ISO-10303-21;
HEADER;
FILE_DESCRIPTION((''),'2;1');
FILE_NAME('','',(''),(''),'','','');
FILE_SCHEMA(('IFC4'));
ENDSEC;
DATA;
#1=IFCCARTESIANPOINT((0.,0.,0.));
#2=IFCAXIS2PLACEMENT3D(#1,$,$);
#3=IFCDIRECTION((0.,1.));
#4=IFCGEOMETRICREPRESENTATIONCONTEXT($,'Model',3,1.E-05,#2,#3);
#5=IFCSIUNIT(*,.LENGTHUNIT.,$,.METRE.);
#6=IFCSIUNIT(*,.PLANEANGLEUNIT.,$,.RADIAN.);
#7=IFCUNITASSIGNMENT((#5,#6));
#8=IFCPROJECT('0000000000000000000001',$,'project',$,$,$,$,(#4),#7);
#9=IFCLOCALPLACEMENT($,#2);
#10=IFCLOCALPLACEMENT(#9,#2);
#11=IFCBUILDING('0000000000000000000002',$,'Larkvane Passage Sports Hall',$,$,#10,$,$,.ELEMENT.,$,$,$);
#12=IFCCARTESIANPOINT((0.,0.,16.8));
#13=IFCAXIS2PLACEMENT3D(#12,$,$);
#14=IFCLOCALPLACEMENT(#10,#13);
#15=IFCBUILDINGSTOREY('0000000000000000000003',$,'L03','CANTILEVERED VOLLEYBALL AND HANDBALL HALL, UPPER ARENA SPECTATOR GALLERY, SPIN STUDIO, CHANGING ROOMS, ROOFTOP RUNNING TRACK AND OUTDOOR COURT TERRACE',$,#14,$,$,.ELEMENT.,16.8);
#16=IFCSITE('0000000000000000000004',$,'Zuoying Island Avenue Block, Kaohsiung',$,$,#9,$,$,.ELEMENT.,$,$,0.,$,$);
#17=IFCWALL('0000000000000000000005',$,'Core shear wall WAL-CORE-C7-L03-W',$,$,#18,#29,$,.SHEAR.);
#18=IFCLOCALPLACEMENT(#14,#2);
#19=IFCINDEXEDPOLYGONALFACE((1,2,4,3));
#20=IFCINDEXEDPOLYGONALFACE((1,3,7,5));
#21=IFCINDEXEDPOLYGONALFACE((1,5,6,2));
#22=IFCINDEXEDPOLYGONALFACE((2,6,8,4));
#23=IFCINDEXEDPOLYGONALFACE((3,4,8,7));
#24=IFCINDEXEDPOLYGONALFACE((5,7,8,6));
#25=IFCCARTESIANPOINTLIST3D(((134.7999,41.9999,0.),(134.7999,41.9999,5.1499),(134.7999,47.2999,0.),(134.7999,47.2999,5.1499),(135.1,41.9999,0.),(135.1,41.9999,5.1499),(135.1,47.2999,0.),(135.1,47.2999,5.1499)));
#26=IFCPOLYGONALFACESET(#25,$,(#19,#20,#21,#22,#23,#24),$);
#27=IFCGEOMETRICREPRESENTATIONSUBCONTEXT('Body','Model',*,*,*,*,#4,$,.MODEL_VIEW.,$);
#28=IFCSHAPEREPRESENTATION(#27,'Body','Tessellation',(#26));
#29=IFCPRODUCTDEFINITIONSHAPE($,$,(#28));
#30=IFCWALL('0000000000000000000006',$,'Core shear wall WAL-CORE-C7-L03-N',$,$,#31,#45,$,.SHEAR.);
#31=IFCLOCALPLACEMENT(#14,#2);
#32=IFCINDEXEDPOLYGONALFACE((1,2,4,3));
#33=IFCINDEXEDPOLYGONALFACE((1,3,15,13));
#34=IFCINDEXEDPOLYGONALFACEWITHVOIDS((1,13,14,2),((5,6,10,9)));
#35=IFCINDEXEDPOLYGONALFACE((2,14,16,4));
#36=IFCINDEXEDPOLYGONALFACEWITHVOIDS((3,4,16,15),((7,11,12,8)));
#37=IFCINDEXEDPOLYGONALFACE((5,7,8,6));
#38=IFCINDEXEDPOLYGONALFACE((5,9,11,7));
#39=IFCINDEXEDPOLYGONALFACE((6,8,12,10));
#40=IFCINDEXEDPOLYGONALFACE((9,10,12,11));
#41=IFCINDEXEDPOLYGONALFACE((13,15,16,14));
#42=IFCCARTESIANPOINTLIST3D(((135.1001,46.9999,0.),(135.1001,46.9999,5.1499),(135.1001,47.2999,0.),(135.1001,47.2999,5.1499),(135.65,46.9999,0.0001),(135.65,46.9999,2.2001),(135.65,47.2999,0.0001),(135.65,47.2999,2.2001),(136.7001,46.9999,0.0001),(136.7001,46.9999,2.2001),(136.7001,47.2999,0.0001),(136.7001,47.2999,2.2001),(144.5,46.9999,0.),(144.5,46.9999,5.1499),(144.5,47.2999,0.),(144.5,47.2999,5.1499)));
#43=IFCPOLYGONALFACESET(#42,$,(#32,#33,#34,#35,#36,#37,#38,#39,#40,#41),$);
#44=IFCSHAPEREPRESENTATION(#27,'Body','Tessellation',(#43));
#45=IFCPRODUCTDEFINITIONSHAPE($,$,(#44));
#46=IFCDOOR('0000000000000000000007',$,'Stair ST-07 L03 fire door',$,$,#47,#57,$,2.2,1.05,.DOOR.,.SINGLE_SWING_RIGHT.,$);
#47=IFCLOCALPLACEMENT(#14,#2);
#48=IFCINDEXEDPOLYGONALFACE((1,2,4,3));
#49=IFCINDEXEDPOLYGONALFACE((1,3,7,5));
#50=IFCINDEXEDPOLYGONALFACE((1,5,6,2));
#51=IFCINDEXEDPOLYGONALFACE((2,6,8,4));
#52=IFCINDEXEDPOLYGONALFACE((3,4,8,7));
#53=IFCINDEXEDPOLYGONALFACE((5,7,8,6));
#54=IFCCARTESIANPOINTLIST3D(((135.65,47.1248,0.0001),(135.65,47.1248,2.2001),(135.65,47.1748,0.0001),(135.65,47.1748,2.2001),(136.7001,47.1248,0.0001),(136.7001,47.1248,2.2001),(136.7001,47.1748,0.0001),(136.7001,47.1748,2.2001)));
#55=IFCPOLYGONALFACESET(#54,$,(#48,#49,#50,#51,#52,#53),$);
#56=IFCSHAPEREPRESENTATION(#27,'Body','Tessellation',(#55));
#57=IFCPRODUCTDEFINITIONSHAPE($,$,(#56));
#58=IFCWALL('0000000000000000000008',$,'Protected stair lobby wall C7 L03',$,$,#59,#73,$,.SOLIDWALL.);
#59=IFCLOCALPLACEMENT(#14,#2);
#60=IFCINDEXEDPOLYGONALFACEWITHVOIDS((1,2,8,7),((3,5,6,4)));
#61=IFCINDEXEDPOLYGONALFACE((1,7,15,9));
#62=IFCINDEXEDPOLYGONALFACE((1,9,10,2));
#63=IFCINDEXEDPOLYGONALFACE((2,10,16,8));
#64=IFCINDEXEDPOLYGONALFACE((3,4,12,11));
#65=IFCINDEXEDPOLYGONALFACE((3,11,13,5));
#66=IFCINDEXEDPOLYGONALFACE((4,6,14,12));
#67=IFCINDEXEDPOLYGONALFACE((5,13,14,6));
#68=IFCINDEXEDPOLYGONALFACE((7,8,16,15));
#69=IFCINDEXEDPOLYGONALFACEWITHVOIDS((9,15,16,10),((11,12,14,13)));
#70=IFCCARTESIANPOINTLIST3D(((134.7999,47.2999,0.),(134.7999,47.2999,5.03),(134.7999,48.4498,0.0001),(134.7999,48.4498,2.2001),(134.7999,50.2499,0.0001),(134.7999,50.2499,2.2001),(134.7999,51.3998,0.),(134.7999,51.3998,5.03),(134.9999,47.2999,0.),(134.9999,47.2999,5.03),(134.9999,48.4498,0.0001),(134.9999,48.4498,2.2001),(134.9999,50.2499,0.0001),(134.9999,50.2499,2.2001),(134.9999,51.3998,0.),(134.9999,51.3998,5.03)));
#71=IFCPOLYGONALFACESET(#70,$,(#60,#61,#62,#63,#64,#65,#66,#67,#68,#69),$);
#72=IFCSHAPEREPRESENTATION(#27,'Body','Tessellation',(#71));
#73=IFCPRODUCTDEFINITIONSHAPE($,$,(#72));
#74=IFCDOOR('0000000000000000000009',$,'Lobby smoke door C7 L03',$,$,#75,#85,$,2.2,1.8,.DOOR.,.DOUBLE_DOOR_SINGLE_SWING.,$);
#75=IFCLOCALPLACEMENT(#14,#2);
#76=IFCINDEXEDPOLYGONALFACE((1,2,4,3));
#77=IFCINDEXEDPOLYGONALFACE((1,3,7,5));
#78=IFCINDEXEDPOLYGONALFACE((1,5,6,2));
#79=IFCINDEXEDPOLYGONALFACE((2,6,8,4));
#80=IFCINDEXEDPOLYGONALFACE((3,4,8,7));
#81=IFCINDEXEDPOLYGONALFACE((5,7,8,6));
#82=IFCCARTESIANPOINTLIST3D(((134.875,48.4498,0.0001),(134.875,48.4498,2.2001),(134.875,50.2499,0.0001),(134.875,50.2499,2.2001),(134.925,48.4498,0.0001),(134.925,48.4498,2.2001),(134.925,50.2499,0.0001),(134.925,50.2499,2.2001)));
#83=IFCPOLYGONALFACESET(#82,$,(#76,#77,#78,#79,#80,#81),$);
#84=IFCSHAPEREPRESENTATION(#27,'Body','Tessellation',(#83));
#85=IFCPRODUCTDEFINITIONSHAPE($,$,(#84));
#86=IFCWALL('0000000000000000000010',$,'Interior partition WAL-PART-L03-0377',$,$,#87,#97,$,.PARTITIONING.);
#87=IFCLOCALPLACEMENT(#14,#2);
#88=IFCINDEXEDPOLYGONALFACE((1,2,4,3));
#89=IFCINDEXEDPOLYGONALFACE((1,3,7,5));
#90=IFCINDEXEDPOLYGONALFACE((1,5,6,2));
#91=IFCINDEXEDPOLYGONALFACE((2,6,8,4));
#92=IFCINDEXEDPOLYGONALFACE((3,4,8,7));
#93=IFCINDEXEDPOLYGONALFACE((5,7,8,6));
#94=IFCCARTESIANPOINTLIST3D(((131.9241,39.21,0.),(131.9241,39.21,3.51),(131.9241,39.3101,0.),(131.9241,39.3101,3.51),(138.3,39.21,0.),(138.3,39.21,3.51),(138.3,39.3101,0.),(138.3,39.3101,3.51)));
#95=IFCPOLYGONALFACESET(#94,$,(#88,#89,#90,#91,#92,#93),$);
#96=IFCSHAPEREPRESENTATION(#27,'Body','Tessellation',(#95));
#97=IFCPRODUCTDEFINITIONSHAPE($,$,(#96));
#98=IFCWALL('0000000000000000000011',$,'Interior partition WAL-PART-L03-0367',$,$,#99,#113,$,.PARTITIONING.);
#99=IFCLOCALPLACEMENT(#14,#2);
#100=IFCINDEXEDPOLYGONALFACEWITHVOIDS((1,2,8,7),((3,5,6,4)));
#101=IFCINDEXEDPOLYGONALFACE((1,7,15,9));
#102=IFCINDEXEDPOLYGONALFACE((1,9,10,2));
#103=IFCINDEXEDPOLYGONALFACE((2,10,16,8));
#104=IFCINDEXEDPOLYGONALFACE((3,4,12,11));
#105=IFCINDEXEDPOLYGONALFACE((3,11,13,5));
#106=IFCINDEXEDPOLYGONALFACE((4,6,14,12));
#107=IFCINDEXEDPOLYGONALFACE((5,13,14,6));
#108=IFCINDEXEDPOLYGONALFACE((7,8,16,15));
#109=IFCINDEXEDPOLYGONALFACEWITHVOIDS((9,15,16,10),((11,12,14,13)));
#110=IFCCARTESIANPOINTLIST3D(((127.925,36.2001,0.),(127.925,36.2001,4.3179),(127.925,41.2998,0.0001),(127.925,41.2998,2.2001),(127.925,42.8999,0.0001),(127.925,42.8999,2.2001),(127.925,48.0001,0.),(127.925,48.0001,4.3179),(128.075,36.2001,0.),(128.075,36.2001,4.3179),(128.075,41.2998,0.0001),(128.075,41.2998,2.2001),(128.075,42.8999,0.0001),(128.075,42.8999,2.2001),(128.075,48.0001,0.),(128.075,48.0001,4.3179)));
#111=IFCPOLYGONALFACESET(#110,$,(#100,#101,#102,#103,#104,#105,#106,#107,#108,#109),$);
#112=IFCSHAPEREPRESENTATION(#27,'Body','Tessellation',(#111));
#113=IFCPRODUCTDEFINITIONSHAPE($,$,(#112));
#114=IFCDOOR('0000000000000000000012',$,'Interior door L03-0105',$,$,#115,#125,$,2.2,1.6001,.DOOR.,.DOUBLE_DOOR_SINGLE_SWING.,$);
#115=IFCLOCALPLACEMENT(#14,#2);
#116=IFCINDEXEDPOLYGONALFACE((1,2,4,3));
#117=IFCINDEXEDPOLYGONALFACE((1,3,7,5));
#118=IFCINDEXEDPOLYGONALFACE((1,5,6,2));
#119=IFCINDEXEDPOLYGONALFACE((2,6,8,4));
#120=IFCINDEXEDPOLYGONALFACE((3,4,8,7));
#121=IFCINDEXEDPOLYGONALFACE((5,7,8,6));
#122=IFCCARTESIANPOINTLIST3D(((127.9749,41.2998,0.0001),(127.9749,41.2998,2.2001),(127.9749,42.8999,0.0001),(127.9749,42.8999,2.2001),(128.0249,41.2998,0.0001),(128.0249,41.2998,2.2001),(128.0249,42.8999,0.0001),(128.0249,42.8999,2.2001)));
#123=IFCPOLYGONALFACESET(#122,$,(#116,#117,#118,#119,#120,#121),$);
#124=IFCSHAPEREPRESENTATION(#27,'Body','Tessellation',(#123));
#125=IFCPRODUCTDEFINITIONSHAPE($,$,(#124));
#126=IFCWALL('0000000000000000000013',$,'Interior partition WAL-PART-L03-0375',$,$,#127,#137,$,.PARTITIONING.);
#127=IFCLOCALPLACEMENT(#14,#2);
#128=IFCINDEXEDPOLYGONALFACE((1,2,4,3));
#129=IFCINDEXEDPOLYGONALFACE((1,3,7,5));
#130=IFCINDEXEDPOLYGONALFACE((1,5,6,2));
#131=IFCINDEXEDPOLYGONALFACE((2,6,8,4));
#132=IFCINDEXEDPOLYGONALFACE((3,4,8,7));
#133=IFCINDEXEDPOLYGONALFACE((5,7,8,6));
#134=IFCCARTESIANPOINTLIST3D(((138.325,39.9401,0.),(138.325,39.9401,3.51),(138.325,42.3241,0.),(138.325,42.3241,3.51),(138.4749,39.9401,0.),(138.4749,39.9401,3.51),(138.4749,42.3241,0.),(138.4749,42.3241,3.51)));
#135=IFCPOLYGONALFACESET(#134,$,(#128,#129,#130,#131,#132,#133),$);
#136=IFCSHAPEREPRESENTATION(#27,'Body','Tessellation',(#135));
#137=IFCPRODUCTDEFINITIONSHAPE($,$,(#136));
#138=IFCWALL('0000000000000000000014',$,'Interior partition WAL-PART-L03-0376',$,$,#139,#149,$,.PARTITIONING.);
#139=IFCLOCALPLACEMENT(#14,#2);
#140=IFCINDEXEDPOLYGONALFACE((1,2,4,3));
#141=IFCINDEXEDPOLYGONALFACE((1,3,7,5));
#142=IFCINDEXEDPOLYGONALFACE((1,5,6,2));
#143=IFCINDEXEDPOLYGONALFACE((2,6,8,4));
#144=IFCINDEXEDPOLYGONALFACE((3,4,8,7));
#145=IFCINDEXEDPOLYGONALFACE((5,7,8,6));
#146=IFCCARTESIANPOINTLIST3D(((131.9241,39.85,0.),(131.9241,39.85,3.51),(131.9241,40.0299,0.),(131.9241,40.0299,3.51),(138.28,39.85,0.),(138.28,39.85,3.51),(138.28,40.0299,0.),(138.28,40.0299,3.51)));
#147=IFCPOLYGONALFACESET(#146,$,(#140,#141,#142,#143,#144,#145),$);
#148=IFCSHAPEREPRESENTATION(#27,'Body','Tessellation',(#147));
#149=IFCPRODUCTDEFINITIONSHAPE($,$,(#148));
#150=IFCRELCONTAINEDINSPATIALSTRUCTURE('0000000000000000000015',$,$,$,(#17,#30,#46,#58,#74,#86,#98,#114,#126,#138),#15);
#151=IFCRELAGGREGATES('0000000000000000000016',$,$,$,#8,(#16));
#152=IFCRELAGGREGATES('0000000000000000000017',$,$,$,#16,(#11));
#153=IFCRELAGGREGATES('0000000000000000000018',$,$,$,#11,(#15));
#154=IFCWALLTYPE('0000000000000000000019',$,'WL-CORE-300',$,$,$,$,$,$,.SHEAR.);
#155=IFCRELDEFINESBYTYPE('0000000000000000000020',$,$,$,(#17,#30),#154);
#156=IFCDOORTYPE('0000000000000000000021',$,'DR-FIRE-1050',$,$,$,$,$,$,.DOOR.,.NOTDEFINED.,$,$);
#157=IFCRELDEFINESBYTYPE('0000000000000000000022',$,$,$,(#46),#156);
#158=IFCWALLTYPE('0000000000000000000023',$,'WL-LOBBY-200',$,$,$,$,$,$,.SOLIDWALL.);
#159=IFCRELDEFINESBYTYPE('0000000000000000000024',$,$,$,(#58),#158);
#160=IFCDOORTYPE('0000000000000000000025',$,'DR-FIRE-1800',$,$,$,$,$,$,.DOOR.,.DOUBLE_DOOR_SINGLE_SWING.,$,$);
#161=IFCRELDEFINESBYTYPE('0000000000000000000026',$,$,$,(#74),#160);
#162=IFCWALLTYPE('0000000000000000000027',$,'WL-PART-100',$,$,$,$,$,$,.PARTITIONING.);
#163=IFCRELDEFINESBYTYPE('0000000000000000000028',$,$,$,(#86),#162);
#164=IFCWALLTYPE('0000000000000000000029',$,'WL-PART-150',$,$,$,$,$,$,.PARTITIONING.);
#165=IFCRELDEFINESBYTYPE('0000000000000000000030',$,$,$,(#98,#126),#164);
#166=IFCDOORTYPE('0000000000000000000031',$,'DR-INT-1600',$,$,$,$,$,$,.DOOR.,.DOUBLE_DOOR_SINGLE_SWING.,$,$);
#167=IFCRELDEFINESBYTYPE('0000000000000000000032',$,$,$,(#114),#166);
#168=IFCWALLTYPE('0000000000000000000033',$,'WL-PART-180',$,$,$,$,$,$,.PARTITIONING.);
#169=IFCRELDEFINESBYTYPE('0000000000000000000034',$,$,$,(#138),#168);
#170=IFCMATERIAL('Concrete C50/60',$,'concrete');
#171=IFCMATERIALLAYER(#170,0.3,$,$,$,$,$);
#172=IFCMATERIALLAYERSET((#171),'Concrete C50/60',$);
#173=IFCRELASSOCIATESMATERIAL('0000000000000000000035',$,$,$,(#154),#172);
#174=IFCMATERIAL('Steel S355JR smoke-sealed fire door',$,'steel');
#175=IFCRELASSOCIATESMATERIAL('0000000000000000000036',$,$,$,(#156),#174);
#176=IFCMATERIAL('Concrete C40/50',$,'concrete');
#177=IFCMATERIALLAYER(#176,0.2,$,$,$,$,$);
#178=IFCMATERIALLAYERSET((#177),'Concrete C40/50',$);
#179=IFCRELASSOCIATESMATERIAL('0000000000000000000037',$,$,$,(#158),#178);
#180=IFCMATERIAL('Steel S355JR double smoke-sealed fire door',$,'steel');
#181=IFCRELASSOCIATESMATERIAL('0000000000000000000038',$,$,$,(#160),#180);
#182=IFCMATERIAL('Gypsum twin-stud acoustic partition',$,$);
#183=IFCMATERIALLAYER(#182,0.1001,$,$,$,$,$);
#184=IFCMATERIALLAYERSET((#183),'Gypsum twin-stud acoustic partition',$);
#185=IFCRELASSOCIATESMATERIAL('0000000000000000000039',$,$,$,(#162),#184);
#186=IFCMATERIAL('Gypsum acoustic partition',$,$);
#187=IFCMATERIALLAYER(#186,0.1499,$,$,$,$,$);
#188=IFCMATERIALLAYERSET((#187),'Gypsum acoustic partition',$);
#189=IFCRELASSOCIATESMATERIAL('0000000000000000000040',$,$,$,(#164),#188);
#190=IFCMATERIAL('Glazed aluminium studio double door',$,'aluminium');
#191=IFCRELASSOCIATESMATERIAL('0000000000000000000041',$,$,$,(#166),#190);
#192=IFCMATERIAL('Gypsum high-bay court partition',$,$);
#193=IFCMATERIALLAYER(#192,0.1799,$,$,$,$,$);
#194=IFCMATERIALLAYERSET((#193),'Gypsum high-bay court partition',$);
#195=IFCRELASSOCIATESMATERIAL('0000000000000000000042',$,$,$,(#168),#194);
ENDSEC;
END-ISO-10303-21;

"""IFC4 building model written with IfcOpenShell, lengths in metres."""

from ifc_helpers import new_model, si_unit, direction, frame, frame_2d, origin, place, context, subcontext, project, spatial, rectangle, extrude, material, layer, layer_set, type_object, element, fill, save


model = new_model("IFC4")

# Units and contexts
model_context = context("Model", 3, precision=1e-05, world=origin(), true_north=direction((0.0, 1.0)))
body_context = subcontext(model_context, "Body", "Model", "MODEL_VIEW")
ifc_project = project(units=[si_unit("LENGTHUNIT", "METRE"), si_unit("PLANEANGLEUNIT", "RADIAN")], contexts=[model_context])

# Site, building, storey
site_placement = place(None, origin())
site = spatial("IfcSite", under=ifc_project, at=site_placement, Name="Zuoying Island Avenue Block, Kaohsiung", CompositionType="ELEMENT", RefElevation=0.0)
building_placement = place(site_placement, origin())
building = spatial("IfcBuilding", under=site, at=building_placement, Name="Larkvane Passage Sports Hall", CompositionType="ELEMENT")
storey_placement = place(building_placement, frame((0.0, 0.0, 16.8)))
storey = spatial("IfcBuildingStorey", under=building, at=storey_placement, Name="L03", Description="CANTILEVERED VOLLEYBALL AND HANDBALL HALL, UPPER ARENA SPECTATOR GALLERY, SPIN STUDIO, CHANGING ROOMS, ROOFTOP RUNNING TRACK AND OUTDOOR COURT TERRACE", CompositionType="ELEMENT", Elevation=16.8)

# Shared definitions
ifc_material_1 = material(Name="Concrete C50/60", Category="concrete")

# Wall
ifc_layer_1 = layer(ifc_material_1, 0.3)
ifc_layer_set_1 = layer_set([ifc_layer_1], Name="Concrete C50/60")
wall_type_1 = type_object("IfcWallType", Name="WL-CORE-300", PredefinedType="SHEAR", material=ifc_layer_set_1)
wall_1_placement = place(storey_placement, frame((134.95, 42.0, 0.0), z_axis=(0.0, 0.0, 1.0), x_axis=(0.0, 1.0, 0.0)))
element("IfcWall", 1, at=wall_1_placement, inside=storey, type_object=wall_type_1, Name="Core shear wall WAL-CORE-C7-L03-W", PredefinedType="SHEAR", context=body_context, shape_type="SweptSolid", body=[
    extrude(rectangle(XDim=5.3, YDim=0.3, at=frame_2d((2.6499, 0.0))), origin(), (0.0, 0.0, 1.0), 5.1499),
])

# Walls, openings, doors
wall_2_placement = place(storey_placement, frame((135.1001, 47.1499, 0.0), z_axis=(0.0, 0.0, 1.0), x_axis=(1.0, 0.0, 0.0)))
wall_2 = element("IfcWall", 2, at=wall_2_placement, inside=storey, type_object=wall_type_1, Name="Core shear wall WAL-CORE-C7-L03-N", PredefinedType="SHEAR", context=body_context, shape_type="SweptSolid", body=[
    extrude(rectangle(XDim=9.3999, YDim=0.3, at=frame_2d((4.7, 0.0))), origin(), (0.0, 0.0, 1.0), 5.1499),
])
opening_1_placement = place(wall_2_placement, frame((0.55, 0.0, 0.0)))
opening_1 = element("IfcOpeningElement", 3, at=opening_1_placement, cuts=wall_2, PredefinedType="OPENING", context=body_context, shape_type="SweptSolid", body=[
    extrude(rectangle(XDim=1.05, YDim=2.2, at=frame_2d((0.5249, 1.1001))), frame((0.0, 0.1599, 0.0), z_axis=(0.0, -1.0, 0.0), x_axis=(1.0, 0.0, 0.0)), (0.0, 0.0, 1.0), 0.3201),
])
ifc_material_2 = material(Name="Steel S355JR smoke-sealed fire door", Category="steel")
door_type_1 = type_object("IfcDoorType", Name="DR-FIRE-1050", OperationType="NOTDEFINED", PredefinedType="DOOR", material=ifc_material_2)
door_1_placement = place(opening_1_placement, origin())
door_1 = element("IfcDoor", 4, at=door_1_placement, inside=storey, type_object=door_type_1, Name="Stair ST-07 L03 fire door", OperationType="SINGLE_SWING_RIGHT", OverallHeight=2.2, OverallWidth=1.05, PredefinedType="DOOR", context=body_context, shape_type="SweptSolid", body=[
    extrude(rectangle(XDim=1.05, YDim=2.2, at=frame_2d((0.5249, 1.1001))), frame((0.0, 0.0249, 0.0), z_axis=(0.0, -1.0, 0.0), x_axis=(1.0, 0.0, 0.0)), (0.0, 0.0, 1.0), 0.05),
])
fill(opening_1, door_1)
ifc_material_3 = material(Name="Concrete C40/50", Category="concrete")
ifc_layer_2 = layer(ifc_material_3, 0.2)
ifc_layer_set_2 = layer_set([ifc_layer_2], Name="Concrete C40/50")
wall_type_2 = type_object("IfcWallType", Name="WL-LOBBY-200", PredefinedType="SOLIDWALL", material=ifc_layer_set_2)
wall_3_placement = place(storey_placement, frame((134.8999, 47.3, 0.0), z_axis=(0.0, 0.0, 1.0), x_axis=(0.0, 1.0, 0.0)))
wall_3 = element("IfcWall", 5, at=wall_3_placement, inside=storey, type_object=wall_type_2, Name="Protected stair lobby wall C7 L03", PredefinedType="SOLIDWALL", context=body_context, shape_type="SweptSolid", body=[
    extrude(rectangle(XDim=4.0999, YDim=0.2, at=frame_2d((2.0498, 0.0))), origin(), (0.0, 0.0, 1.0), 5.03),
])
opening_2_placement = place(wall_3_placement, frame((1.1499, 0.0, 0.0)))
opening_2 = element("IfcOpeningElement", 6, at=opening_2_placement, cuts=wall_3, PredefinedType="OPENING", context=body_context, shape_type="SweptSolid", body=[
    extrude(rectangle(XDim=1.8, YDim=2.2, at=frame_2d((0.8999, 1.1001))), frame((0.0, 0.1099, 0.0), z_axis=(0.0, -1.0, 0.0), x_axis=(1.0, 0.0, 0.0)), (0.0, 0.0, 1.0), 0.22),
])
ifc_material_4 = material(Name="Steel S355JR double smoke-sealed fire door", Category="steel")
door_type_2 = type_object("IfcDoorType", Name="DR-FIRE-1800", OperationType="DOUBLE_DOOR_SINGLE_SWING", PredefinedType="DOOR", material=ifc_material_4)
door_2_placement = place(opening_2_placement, origin())
door_2 = element("IfcDoor", 7, at=door_2_placement, inside=storey, type_object=door_type_2, Name="Lobby smoke door C7 L03", OperationType="DOUBLE_DOOR_SINGLE_SWING", OverallHeight=2.2, OverallWidth=1.8, PredefinedType="DOOR", context=body_context, shape_type="SweptSolid", body=[
    extrude(rectangle(XDim=1.8, YDim=2.2, at=frame_2d((0.8999, 1.1001))), frame((0.0, 0.0249, 0.0), z_axis=(0.0, -1.0, 0.0), x_axis=(1.0, 0.0, 0.0)), (0.0, 0.0, 1.0), 0.05),
])
fill(opening_2, door_2)

# Wall
ifc_material_5 = material(Name="Gypsum twin-stud acoustic partition")
ifc_layer_3 = layer(ifc_material_5, 0.1001)
ifc_layer_set_3 = layer_set([ifc_layer_3], Name="Gypsum twin-stud acoustic partition")
wall_type_3 = type_object("IfcWallType", Name="WL-PART-100", PredefinedType="PARTITIONING", material=ifc_layer_set_3)
wall_4_placement = place(storey_placement, frame((131.9241, 39.26, 0.0), z_axis=(0.0, 0.0, 1.0), x_axis=(1.0, 0.0, 0.0)))
element("IfcWall", 8, at=wall_4_placement, inside=storey, type_object=wall_type_3, Name="Interior partition WAL-PART-L03-0377", PredefinedType="PARTITIONING", context=body_context, shape_type="SweptSolid", body=[
    extrude(rectangle(XDim=6.376, YDim=0.1001, at=frame_2d((3.188, 0.0))), origin(), (0.0, 0.0, 1.0), 3.51),
])

# Wall, opening, door
ifc_material_6 = material(Name="Gypsum acoustic partition")
ifc_layer_4 = layer(ifc_material_6, 0.1499)
ifc_layer_set_4 = layer_set([ifc_layer_4], Name="Gypsum acoustic partition")
wall_type_4 = type_object("IfcWallType", Name="WL-PART-150", PredefinedType="PARTITIONING", material=ifc_layer_set_4)
wall_5_placement = place(storey_placement, frame((128.0, 48.0, 0.0), z_axis=(0.0, 0.0, 1.0), x_axis=(0.0, -1.0, 0.0)))
wall_5 = element("IfcWall", 9, at=wall_5_placement, inside=storey, type_object=wall_type_4, Name="Interior partition WAL-PART-L03-0367", PredefinedType="PARTITIONING", context=body_context, shape_type="SweptSolid", body=[
    extrude(rectangle(XDim=11.8, YDim=0.1499, at=frame_2d((5.8999, 0.0))), origin(), (0.0, 0.0, 1.0), 4.3179),
])
opening_3_placement = place(wall_5_placement, frame((5.1001, 0.0, 0.0)))
opening_3 = element("IfcOpeningElement", 10, at=opening_3_placement, cuts=wall_5, PredefinedType="OPENING", context=body_context, shape_type="SweptSolid", body=[
    extrude(rectangle(XDim=1.6001, YDim=2.2, at=frame_2d((0.8, 1.1001))), frame((0.0, 0.085, 0.0), z_axis=(0.0, -1.0, 0.0), x_axis=(1.0, 0.0, 0.0)), (0.0, 0.0, 1.0), 0.1699),
])
ifc_material_7 = material(Name="Glazed aluminium studio double door", Category="aluminium")
door_type_3 = type_object("IfcDoorType", Name="DR-INT-1600", OperationType="DOUBLE_DOOR_SINGLE_SWING", PredefinedType="DOOR", material=ifc_material_7)
door_3_placement = place(opening_3_placement, origin())
door_3 = element("IfcDoor", 11, at=door_3_placement, inside=storey, type_object=door_type_3, Name="Interior door L03-0105", OperationType="DOUBLE_DOOR_SINGLE_SWING", OverallHeight=2.2, OverallWidth=1.6001, PredefinedType="DOOR", context=body_context, shape_type="SweptSolid", body=[
    extrude(rectangle(XDim=1.6001, YDim=2.2, at=frame_2d((0.8, 1.1001))), frame((0.0, 0.0249, 0.0), z_axis=(0.0, -1.0, 0.0), x_axis=(1.0, 0.0, 0.0)), (0.0, 0.0, 1.0), 0.05),
])
fill(opening_3, door_3)

# Walls
wall_6_placement = place(storey_placement, frame((138.3999, 42.324, 0.0), z_axis=(0.0, 0.0, 1.0), x_axis=(0.0, -1.0, 0.0)))
element("IfcWall", 12, at=wall_6_placement, inside=storey, type_object=wall_type_4, Name="Interior partition WAL-PART-L03-0375", PredefinedType="PARTITIONING", context=body_context, shape_type="SweptSolid", body=[
    extrude(rectangle(XDim=2.384, YDim=0.1499, at=frame_2d((1.1919, 0.0))), origin(), (0.0, 0.0, 1.0), 3.51),
])
ifc_material_8 = material(Name="Gypsum high-bay court partition")
ifc_layer_5 = layer(ifc_material_8, 0.1799)
ifc_layer_set_5 = layer_set([ifc_layer_5], Name="Gypsum high-bay court partition")
wall_type_5 = type_object("IfcWallType", Name="WL-PART-180", PredefinedType="PARTITIONING", material=ifc_layer_set_5)
wall_7_placement = place(storey_placement, frame((138.28, 39.9399, 0.0), z_axis=(0.0, 0.0, 1.0), x_axis=(-1.0, 0.0, 0.0)))
element("IfcWall", 13, at=wall_7_placement, inside=storey, type_object=wall_type_5, Name="Interior partition WAL-PART-L03-0376", PredefinedType="PARTITIONING", context=body_context, shape_type="SweptSolid", body=[
    extrude(rectangle(XDim=6.356, YDim=0.1799, at=frame_2d((3.178, 0.0))), origin(), (0.0, 0.0, 1.0), 3.51),
])

save(model, "model.ifc")
